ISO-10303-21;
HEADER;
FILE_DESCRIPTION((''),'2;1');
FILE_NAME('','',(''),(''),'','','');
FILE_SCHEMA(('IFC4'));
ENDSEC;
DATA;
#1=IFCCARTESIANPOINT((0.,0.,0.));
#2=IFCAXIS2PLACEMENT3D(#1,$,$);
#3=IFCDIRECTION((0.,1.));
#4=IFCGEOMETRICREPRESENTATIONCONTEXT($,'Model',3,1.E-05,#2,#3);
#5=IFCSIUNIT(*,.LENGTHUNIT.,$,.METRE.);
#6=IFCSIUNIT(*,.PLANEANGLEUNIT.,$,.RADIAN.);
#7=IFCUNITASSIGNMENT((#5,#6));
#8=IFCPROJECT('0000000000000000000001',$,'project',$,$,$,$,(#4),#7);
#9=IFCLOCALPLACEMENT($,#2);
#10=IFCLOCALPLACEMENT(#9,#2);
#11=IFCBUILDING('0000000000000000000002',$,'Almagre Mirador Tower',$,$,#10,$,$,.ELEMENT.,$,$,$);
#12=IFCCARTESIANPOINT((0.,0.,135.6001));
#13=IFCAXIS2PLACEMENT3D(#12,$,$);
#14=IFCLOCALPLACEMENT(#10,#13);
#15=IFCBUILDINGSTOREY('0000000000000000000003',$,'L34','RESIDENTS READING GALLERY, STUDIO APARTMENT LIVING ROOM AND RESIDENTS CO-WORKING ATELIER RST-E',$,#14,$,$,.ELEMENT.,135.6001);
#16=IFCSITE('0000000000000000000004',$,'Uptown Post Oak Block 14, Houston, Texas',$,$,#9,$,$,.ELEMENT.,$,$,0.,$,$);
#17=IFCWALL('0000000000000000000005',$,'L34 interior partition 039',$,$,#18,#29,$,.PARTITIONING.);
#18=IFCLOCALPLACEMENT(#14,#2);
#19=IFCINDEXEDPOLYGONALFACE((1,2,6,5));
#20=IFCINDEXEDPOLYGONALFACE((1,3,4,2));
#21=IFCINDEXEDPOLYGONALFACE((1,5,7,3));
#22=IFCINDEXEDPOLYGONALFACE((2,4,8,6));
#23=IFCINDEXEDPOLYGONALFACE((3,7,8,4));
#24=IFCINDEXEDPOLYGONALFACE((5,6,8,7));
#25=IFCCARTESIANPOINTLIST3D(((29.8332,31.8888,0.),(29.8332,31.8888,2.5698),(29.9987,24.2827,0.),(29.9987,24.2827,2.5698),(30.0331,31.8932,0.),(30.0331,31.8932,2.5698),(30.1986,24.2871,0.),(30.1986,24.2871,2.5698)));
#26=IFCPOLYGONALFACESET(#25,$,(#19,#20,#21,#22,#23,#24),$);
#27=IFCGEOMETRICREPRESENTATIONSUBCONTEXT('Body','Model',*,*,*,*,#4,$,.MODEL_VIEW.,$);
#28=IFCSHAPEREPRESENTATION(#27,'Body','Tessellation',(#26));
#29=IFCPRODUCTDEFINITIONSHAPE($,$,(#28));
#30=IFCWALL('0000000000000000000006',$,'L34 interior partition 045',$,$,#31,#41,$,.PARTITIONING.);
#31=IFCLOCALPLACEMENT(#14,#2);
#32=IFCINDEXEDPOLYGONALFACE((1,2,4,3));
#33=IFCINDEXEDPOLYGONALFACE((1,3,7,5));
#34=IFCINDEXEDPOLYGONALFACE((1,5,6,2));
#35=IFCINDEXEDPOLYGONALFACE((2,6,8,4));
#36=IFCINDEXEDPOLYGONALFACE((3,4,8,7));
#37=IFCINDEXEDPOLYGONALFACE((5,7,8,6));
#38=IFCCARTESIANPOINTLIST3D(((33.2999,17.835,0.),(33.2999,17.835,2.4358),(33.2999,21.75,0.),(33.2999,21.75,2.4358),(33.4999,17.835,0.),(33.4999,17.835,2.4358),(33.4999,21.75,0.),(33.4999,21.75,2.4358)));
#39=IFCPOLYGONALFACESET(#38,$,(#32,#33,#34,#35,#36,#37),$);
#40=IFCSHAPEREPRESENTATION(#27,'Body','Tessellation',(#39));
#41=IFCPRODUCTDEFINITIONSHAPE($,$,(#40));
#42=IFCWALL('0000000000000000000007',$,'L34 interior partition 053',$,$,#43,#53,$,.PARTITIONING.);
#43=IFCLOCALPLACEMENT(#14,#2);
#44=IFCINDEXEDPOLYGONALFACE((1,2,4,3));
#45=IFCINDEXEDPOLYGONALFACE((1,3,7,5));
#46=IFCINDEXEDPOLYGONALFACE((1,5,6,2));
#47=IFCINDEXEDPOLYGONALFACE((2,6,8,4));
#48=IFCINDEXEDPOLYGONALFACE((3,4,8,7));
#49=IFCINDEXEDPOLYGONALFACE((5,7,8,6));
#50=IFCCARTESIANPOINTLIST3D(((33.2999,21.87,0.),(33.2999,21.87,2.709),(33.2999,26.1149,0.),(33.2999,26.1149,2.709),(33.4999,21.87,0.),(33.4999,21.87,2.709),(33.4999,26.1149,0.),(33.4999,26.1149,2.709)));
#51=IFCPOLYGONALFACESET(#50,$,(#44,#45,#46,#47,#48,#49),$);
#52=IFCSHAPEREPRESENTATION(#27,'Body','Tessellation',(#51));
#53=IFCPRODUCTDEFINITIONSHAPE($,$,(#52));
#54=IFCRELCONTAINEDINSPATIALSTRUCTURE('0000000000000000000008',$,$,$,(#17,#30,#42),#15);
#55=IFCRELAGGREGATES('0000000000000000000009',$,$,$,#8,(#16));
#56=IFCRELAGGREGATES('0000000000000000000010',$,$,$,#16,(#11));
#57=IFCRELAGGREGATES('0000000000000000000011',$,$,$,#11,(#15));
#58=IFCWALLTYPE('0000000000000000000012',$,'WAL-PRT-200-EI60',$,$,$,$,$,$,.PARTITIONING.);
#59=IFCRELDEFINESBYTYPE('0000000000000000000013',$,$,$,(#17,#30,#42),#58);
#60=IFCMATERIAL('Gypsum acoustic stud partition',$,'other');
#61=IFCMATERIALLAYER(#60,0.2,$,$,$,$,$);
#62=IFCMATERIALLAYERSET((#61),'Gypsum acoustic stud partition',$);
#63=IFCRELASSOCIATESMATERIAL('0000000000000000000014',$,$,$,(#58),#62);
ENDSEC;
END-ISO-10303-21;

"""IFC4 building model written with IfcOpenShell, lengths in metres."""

from ifc_helpers import new_model, si_unit, direction, frame, frame_2d, origin, place, context, subcontext, project, spatial, rectangle, extrude, material, layer, layer_set, type_object, element, save


model = new_model("IFC4")

# Units and contexts
model_context = context("Model", 3, precision=1e-05, world=origin(), true_north=direction((0.0, 1.0)))
body_context = subcontext(model_context, "Body", "Model", "MODEL_VIEW")
ifc_project = project(units=[si_unit("LENGTHUNIT", "METRE"), si_unit("PLANEANGLEUNIT", "RADIAN")], contexts=[model_context])

# Site, building, storey
site_placement = place(None, origin())
site = spatial("IfcSite", under=ifc_project, at=site_placement, Name="Uptown Post Oak Block 14, Houston, Texas", CompositionType="ELEMENT", RefElevation=0.0)
building_placement = place(site_placement, origin())
building = spatial("IfcBuilding", under=site, at=building_placement, Name="Almagre Mirador Tower", CompositionType="ELEMENT")
storey_placement = place(building_placement, frame((0.0, 0.0, 135.6001)))
storey = spatial("IfcBuildingStorey", under=building, at=storey_placement, Name="L34", Description="RESIDENTS READING GALLERY, STUDIO APARTMENT LIVING ROOM AND RESIDENTS CO-WORKING ATELIER RST-E", CompositionType="ELEMENT", Elevation=135.6001)

# Shared definitions
ifc_material_1 = material(Name="Gypsum acoustic stud partition", Category="other")
ifc_layer_1 = layer(ifc_material_1, 0.2)
ifc_layer_set_1 = layer_set([ifc_layer_1], Name="Gypsum acoustic stud partition")
wall_type_1 = type_object("IfcWallType", Name="WAL-PRT-200-EI60", PredefinedType="PARTITIONING", material=ifc_layer_set_1)

# Walls
wall_1_placement = place(storey_placement, frame((30.0986, 24.2849, 0.0), z_axis=(0.0, 0.0, 1.0), x_axis=(-0.021757, 0.999763, 0.0)))
element("IfcWall", 1, at=wall_1_placement, inside=storey, type_object=wall_type_1, Name="L34 interior partition 039", PredefinedType="PARTITIONING", context=body_context, shape_type="SweptSolid", body=[
    extrude(rectangle(XDim=7.6079, YDim=0.2, at=frame_2d((3.804, 0.0))), origin(), (0.0, 0.0, 1.0), 2.5698),
])
wall_2_placement = place(storey_placement, frame((33.3999, 21.75, 0.0), z_axis=(0.0, 0.0, 1.0), x_axis=(0.0, -1.0, 0.0)))
element("IfcWall", 2, at=wall_2_placement, inside=storey, type_object=wall_type_1, Name="L34 interior partition 045", PredefinedType="PARTITIONING", context=body_context, shape_type="SweptSolid", body=[
    extrude(rectangle(XDim=3.915, YDim=0.2, at=frame_2d((1.9575, 0.0))), origin(), (0.0, 0.0, 1.0), 2.4358),
])
wall_3_placement = place(storey_placement, frame((33.3999, 26.115, 0.0), z_axis=(0.0, 0.0, 1.0), x_axis=(0.0, -1.0, 0.0)))
element("IfcWall", 3, at=wall_3_placement, inside=storey, type_object=wall_type_1, Name="L34 interior partition 053", PredefinedType="PARTITIONING", context=body_context, shape_type="SweptSolid", body=[
    extrude(rectangle(XDim=4.2449, YDim=0.2, at=frame_2d((2.1226, 0.0))), origin(), (0.0, 0.0, 1.0), 2.709),
])

save(model, "model.ifc")
